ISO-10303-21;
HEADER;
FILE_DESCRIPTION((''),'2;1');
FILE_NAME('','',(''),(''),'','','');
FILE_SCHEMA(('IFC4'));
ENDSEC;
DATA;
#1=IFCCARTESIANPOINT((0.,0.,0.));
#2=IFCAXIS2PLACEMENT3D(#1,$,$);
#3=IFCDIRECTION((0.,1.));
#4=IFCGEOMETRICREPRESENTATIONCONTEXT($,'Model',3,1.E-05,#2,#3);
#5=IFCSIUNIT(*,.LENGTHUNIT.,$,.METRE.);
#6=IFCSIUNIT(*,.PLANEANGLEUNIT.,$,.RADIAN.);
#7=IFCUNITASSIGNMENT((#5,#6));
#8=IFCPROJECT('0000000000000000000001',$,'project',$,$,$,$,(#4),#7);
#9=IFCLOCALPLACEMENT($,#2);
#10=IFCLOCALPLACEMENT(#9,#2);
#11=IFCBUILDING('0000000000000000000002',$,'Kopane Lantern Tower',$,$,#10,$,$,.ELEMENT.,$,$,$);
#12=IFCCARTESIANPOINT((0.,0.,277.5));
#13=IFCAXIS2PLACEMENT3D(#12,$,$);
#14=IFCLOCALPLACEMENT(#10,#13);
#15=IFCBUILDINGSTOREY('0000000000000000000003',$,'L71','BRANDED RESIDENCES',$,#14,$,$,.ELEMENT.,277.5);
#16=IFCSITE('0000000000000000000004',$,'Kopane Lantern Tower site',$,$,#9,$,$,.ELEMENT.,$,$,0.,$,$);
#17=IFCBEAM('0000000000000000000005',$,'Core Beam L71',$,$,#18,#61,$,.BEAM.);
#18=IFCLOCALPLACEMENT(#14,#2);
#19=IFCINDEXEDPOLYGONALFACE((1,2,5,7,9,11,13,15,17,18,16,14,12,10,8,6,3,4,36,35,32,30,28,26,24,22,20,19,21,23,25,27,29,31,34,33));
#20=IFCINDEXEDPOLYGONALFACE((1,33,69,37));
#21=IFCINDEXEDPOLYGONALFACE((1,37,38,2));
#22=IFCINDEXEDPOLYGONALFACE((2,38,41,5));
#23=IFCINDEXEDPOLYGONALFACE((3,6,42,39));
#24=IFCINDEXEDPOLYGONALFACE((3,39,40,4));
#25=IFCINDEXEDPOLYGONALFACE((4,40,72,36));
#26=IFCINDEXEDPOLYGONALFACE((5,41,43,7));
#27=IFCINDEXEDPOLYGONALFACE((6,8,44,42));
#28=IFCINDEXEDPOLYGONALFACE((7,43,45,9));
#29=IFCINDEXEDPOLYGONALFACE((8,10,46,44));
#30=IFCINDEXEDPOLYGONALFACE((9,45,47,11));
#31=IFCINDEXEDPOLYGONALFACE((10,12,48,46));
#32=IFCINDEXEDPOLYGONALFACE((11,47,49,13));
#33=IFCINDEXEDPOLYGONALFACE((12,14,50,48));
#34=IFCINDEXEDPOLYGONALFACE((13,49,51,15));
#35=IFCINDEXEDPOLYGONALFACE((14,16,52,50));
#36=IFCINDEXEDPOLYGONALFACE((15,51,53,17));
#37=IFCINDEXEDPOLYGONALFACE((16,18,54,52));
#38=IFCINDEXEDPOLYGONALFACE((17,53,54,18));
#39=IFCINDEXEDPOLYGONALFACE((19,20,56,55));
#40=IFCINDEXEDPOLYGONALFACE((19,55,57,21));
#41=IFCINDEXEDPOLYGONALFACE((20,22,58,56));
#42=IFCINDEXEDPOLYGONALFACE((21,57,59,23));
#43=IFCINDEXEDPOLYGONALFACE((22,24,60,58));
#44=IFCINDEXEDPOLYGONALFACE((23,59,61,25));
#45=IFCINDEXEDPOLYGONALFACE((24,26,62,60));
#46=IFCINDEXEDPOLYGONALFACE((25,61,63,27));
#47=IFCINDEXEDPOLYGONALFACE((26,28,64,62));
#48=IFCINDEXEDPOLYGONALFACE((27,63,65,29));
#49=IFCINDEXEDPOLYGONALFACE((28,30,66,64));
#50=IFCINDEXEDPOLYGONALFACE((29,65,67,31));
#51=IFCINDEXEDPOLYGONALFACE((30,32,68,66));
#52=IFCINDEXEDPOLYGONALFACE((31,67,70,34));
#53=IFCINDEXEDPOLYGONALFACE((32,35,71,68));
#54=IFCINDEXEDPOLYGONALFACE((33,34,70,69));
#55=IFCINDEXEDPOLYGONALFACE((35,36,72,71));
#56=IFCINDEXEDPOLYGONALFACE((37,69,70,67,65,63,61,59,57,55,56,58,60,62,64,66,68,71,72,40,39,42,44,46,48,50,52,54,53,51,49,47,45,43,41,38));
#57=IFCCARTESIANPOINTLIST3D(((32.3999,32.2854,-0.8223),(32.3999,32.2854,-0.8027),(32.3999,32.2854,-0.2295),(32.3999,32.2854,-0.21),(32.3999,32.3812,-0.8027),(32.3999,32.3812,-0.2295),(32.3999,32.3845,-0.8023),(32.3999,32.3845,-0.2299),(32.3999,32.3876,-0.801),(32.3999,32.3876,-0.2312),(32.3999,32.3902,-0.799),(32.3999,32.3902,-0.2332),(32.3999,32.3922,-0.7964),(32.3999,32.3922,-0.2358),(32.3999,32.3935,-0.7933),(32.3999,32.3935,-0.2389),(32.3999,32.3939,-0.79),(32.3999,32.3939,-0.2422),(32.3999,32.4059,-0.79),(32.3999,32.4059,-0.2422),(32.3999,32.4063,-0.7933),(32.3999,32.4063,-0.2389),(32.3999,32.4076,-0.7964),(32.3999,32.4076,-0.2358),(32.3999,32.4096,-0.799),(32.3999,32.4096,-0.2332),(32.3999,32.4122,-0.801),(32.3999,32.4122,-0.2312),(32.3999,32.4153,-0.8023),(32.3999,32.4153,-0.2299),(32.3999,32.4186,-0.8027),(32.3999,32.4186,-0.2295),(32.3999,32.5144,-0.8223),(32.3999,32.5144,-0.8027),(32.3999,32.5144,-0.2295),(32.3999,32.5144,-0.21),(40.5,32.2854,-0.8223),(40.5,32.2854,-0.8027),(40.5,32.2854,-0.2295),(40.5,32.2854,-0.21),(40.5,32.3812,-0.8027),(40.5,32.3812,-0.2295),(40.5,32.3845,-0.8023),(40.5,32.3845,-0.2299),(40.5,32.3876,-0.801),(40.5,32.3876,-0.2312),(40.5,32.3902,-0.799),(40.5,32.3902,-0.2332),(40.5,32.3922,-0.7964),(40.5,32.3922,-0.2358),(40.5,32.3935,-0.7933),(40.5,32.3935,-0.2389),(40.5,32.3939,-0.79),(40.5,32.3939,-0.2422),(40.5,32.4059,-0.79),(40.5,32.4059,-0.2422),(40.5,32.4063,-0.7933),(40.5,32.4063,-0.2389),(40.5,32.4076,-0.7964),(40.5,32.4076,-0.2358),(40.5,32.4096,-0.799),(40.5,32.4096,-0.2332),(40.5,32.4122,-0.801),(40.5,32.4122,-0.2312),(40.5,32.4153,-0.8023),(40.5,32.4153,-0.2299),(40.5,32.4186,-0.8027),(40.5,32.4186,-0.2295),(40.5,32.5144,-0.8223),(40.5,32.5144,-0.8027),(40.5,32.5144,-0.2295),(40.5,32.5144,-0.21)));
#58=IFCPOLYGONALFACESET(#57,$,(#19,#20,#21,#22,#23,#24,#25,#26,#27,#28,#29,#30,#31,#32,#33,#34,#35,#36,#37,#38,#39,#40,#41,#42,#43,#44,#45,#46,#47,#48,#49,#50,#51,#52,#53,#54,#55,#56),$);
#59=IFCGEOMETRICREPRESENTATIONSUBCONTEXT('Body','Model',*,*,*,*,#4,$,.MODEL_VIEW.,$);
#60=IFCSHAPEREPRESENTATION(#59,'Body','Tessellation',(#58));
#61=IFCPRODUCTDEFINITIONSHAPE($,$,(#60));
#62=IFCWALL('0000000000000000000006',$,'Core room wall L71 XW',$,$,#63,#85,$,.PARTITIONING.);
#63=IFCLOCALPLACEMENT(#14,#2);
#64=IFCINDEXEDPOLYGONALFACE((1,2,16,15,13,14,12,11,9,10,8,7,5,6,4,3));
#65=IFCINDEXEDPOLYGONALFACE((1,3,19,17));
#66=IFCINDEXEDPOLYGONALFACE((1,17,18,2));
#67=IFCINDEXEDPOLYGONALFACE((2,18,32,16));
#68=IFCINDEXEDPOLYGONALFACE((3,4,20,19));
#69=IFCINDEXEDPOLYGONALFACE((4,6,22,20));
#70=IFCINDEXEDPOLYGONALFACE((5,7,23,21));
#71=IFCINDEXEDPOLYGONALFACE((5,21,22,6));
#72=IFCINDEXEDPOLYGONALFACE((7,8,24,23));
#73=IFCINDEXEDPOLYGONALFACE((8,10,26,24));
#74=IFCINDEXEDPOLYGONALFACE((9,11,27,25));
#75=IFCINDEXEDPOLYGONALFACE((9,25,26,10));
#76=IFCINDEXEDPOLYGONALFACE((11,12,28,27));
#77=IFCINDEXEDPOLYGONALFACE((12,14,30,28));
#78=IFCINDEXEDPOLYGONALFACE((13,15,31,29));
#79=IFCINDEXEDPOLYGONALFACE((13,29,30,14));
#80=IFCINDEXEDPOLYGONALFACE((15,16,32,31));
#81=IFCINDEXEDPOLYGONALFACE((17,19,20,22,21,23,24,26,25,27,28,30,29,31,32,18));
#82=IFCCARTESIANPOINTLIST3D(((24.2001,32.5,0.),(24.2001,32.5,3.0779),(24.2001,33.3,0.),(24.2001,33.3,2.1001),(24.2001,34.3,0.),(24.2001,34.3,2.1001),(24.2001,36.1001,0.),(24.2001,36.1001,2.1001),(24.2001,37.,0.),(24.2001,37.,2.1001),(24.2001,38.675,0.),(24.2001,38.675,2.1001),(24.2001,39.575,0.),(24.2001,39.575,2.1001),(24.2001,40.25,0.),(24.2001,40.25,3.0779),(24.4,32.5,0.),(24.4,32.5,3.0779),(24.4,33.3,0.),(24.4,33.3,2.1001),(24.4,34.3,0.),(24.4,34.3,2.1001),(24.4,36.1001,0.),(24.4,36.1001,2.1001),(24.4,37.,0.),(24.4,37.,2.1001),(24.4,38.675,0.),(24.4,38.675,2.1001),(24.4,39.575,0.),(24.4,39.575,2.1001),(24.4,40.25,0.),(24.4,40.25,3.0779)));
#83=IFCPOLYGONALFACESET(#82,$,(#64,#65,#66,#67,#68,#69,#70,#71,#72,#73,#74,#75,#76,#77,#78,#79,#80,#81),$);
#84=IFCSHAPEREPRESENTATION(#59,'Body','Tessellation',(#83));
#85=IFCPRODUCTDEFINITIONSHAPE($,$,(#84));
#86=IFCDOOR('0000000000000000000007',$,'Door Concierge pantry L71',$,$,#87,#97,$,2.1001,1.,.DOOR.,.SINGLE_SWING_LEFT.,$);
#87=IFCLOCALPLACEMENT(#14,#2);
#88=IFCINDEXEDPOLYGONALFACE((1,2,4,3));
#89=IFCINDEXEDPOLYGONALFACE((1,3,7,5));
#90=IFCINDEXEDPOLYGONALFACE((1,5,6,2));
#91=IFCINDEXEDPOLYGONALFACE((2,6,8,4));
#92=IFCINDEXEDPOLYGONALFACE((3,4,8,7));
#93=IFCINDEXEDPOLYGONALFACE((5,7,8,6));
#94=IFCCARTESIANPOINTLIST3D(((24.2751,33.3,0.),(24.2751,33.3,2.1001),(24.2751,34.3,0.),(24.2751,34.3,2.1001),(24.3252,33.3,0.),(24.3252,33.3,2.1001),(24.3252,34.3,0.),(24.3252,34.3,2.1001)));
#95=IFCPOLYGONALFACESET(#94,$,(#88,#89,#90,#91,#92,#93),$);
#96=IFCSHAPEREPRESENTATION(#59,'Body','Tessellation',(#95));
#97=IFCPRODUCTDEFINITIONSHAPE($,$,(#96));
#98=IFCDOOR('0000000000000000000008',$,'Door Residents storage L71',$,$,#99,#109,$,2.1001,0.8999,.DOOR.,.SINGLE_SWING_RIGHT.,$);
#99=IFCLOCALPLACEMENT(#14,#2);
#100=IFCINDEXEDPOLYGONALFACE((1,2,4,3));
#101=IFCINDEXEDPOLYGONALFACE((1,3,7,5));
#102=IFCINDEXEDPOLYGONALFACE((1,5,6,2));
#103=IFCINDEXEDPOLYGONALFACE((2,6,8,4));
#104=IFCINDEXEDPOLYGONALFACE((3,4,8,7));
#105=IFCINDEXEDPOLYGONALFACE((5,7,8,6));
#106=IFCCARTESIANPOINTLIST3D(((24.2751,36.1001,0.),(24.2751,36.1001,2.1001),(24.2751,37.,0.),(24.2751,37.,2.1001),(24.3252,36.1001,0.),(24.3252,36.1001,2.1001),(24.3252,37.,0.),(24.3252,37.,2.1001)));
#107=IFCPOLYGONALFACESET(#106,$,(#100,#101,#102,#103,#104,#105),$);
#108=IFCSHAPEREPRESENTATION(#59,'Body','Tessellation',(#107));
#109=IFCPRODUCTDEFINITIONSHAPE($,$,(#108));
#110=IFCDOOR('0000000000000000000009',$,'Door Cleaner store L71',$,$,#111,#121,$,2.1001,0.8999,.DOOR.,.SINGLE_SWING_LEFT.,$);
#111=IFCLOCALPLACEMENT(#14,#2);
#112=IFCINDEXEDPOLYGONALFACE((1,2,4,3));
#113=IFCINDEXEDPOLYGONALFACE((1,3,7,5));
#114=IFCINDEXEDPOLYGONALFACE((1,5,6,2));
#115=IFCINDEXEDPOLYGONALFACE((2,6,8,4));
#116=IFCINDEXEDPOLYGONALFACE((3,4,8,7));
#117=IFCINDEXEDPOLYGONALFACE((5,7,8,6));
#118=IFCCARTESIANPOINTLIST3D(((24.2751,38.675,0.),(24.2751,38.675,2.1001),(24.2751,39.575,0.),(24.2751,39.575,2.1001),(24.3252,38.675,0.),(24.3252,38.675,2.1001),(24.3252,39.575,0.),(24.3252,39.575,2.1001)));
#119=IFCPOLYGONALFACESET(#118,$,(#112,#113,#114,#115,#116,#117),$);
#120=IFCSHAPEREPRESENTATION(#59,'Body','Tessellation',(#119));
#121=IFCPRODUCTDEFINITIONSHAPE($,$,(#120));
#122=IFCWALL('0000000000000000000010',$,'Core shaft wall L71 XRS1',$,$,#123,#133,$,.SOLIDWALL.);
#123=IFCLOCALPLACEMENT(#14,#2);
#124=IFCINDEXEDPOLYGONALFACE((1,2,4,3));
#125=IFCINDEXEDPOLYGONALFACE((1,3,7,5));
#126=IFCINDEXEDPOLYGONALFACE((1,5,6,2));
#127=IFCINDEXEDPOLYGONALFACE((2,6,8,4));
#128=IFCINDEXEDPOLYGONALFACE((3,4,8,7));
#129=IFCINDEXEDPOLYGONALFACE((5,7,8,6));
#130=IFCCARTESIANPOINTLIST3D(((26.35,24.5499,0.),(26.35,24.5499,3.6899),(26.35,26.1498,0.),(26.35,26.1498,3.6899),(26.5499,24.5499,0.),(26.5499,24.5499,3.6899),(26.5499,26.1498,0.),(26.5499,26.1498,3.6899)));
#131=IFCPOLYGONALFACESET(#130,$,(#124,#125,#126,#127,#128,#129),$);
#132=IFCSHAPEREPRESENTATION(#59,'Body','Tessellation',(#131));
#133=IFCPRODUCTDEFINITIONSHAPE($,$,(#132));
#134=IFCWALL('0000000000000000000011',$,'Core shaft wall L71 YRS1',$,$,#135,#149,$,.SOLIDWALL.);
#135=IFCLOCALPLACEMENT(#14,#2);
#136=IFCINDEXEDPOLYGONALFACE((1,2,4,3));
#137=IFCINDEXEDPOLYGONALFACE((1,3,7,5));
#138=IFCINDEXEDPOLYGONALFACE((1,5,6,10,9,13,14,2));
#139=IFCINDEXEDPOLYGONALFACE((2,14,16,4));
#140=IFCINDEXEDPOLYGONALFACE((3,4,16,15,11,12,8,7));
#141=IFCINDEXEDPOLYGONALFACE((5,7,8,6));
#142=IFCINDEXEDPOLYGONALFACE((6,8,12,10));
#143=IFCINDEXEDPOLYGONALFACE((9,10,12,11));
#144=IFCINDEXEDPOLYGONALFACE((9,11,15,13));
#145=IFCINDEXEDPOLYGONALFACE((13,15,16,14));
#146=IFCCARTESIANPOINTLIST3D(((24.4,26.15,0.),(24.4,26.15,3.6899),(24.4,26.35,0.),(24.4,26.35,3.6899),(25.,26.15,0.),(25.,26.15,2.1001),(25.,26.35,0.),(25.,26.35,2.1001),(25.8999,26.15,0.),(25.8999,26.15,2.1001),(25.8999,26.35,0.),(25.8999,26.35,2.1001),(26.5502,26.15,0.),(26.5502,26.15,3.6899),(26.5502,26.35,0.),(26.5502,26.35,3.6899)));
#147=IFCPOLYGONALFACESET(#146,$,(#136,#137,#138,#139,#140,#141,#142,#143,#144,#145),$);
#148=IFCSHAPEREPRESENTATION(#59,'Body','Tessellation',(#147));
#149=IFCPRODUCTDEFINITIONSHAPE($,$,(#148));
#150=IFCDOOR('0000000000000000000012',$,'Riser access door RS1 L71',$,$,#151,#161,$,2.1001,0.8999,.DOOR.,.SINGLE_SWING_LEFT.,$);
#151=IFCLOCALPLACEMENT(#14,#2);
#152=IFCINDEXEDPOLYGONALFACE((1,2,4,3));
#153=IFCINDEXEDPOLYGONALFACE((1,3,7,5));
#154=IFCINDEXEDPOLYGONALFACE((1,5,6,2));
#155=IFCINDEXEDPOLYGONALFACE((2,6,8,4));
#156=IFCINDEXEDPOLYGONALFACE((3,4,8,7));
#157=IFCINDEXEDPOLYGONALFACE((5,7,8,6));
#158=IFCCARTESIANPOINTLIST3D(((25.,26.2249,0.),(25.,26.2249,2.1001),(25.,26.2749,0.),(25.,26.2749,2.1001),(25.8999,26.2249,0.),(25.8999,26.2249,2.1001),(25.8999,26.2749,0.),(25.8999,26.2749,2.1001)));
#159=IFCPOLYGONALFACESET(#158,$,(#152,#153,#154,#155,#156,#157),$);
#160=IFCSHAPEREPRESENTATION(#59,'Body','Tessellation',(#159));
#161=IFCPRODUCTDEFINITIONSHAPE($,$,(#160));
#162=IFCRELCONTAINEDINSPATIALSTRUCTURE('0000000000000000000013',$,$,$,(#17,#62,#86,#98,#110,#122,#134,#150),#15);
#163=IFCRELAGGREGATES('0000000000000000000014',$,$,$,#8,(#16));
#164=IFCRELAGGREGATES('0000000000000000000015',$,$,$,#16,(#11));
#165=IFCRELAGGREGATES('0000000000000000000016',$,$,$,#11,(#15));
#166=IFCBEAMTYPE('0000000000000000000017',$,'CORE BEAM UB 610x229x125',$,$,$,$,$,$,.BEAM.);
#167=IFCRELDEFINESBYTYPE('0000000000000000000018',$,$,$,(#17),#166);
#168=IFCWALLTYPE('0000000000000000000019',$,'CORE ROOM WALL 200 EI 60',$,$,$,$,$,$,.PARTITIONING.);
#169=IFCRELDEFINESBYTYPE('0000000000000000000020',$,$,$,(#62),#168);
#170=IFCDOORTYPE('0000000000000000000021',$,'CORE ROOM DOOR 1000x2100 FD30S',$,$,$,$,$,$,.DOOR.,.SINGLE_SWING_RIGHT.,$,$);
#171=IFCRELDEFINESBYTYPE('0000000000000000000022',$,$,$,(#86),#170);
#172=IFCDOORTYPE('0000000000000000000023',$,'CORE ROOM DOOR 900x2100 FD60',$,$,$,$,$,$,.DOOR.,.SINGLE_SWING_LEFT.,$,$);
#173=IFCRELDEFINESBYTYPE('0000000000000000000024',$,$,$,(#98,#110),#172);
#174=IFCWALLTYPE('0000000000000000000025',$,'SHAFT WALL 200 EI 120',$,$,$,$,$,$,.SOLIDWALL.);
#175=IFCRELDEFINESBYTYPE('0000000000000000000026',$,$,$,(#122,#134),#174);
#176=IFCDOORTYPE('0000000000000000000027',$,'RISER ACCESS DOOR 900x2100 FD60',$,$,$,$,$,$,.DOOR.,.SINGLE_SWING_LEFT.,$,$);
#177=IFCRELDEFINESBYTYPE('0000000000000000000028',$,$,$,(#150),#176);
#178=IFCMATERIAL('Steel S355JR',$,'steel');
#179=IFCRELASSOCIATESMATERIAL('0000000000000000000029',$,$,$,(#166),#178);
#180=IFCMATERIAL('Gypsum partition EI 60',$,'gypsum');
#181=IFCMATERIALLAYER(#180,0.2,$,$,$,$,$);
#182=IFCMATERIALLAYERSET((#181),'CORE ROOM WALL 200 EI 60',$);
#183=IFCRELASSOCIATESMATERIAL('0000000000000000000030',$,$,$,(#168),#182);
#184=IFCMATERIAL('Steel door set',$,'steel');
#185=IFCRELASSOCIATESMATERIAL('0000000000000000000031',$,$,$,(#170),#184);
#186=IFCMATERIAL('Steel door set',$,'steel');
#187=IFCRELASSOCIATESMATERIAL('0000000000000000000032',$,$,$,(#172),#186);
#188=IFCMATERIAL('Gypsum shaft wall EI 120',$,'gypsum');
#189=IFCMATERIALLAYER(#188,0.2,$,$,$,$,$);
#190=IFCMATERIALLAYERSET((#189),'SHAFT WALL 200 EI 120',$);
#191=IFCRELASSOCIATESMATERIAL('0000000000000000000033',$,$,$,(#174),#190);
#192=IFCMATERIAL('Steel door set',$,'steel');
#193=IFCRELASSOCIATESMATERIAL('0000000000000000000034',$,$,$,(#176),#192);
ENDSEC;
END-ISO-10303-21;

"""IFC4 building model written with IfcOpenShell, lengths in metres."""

from ifc_helpers import new_model, si_unit, direction, frame, frame_2d, origin, origin_2d, place, context, subcontext, project, spatial, rectangle, i_section, extrude, material, layer, layer_set, material_profile, profile_set, type_object, element, fill, save


model = new_model("IFC4")

# Units and contexts
model_context = context("Model", 3, precision=1e-05, world=origin(), true_north=direction((0.0, 1.0)))
body_context = subcontext(model_context, "Body", "Model", "MODEL_VIEW")
ifc_project = project(units=[si_unit("LENGTHUNIT", "METRE"), si_unit("PLANEANGLEUNIT", "RADIAN")], contexts=[model_context])

# Site, building, storey
site_placement = place(None, origin())
site = spatial("IfcSite", under=ifc_project, at=site_placement, Name="Kopane Lantern Tower site", CompositionType="ELEMENT", RefElevation=0.0)
building_placement = place(site_placement, origin())
building = spatial("IfcBuilding", under=site, at=building_placement, Name="Kopane Lantern Tower", CompositionType="ELEMENT")
storey_placement = place(building_placement, frame((0.0, 0.0, 277.5)))
storey = spatial("IfcBuildingStorey", under=building, at=storey_placement, Name="L71", Description="BRANDED RESIDENCES", CompositionType="ELEMENT", Elevation=277.5)

# Beam
ifc_material_1 = material(Name="Steel S355JR", Category="steel")
ifc_material_profile_1 = material_profile(ifc_material_1, i_section(OverallWidth=0.229, OverallDepth=0.6123, WebThickness=0.012, FlangeThickness=0.0195, FilletRadius=0.0127, at=origin_2d()), Name="UB 610x229x125")
ifc_profile_set_1 = profile_set([ifc_material_profile_1], Name="Steel S355JR")
beam_type = type_object("IfcBeamType", Name="CORE BEAM UB 610x229x125", PredefinedType="BEAM", material=ifc_profile_set_1)
for number, where, z_axis, x_axis, name in (
    (1, (32.3999, 32.3999, -0.5161), (1.0, 0.0, 0.0), (0.0, 1.0, 0.0), "Core Beam L71"),
):
    element("IfcBeam", number, at=place(storey_placement, frame(where, z_axis=z_axis, x_axis=x_axis)), inside=storey, type_object=beam_type, Name=name, PredefinedType="BEAM", context=body_context, shape_type="SweptSolid", body=[
        extrude(i_section(OverallWidth=0.229, OverallDepth=0.6123, WebThickness=0.012, FlangeThickness=0.0195, FilletRadius=0.0127, at=origin_2d()), origin(), (0.0, 0.0, 1.0), 8.1001),
    ])

# Wall, openings, doors
ifc_material_2 = material(Name="Gypsum partition EI 60", Category="gypsum")
ifc_layer_1 = layer(ifc_material_2, 0.2)
ifc_layer_set_1 = layer_set([ifc_layer_1], Name="CORE ROOM WALL 200 EI 60")
wall_type_1 = type_object("IfcWallType", Name="CORE ROOM WALL 200 EI 60", PredefinedType="PARTITIONING", material=ifc_layer_set_1)
wall_1_placement = place(storey_placement, frame((24.3, 32.5, 0.0), z_axis=(0.0, 0.0, 1.0), x_axis=(0.0, 1.0, 0.0)))
wall_1 = element("IfcWall", 2, at=wall_1_placement, inside=storey, type_object=wall_type_1, Name="Core room wall L71 XW", PredefinedType="PARTITIONING", context=body_context, shape_type="SweptSolid", body=[
    extrude(rectangle(XDim=7.75, YDim=0.2, at=frame_2d((3.875, 0.0))), origin(), (0.0, 0.0, 1.0), 3.0779),
])
opening_1_placement = place(wall_1_placement, frame((0.8, 0.0, 0.0)))
opening_1 = element("IfcOpeningElement", 3, at=opening_1_placement, cuts=wall_1, PredefinedType="OPENING", context=body_context, shape_type="SweptSolid", body=[
    extrude(rectangle(XDim=1.0, YDim=2.1001, at=frame_2d((0.5, 1.05))), frame((0.0, 0.1099, 0.0), z_axis=(0.0, -1.0, 0.0), x_axis=(1.0, 0.0, 0.0)), (0.0, 0.0, 1.0), 0.22),
])
opening_2_placement = place(wall_1_placement, frame((3.6001, 0.0, 0.0)))
opening_2 = element("IfcOpeningElement", 4, at=opening_2_placement, cuts=wall_1, PredefinedType="OPENING", context=body_context, shape_type="SweptSolid", body=[
    extrude(rectangle(XDim=0.8999, YDim=2.1001, at=frame_2d((0.45, 1.05))), frame((0.0, 0.1099, 0.0), z_axis=(0.0, -1.0, 0.0), x_axis=(1.0, 0.0, 0.0)), (0.0, 0.0, 1.0), 0.22),
])
opening_3_placement = place(wall_1_placement, frame((6.175, 0.0, 0.0)))
opening_3 = element("IfcOpeningElement", 5, at=opening_3_placement, cuts=wall_1, PredefinedType="OPENING", context=body_context, shape_type="SweptSolid", body=[
    extrude(rectangle(XDim=0.8999, YDim=2.1001, at=frame_2d((0.45, 1.05))), frame((0.0, 0.1099, 0.0), z_axis=(0.0, -1.0, 0.0), x_axis=(1.0, 0.0, 0.0)), (0.0, 0.0, 1.0), 0.22),
])
ifc_material_3 = material(Name="Steel door set", Category="steel")
door_type_1 = type_object("IfcDoorType", Name="CORE ROOM DOOR 1000x2100 FD30S", OperationType="SINGLE_SWING_RIGHT", PredefinedType="DOOR", material=ifc_material_3)
door_1_placement = place(opening_1_placement, origin())
door_1 = element("IfcDoor", 6, at=door_1_placement, inside=storey, type_object=door_type_1, Name="Door Concierge pantry L71", OperationType="SINGLE_SWING_LEFT", OverallHeight=2.1001, OverallWidth=1.0, PredefinedType="DOOR", context=body_context, shape_type="SweptSolid", body=[
    extrude(rectangle(XDim=1.0, YDim=2.1001, at=frame_2d((0.5, 1.05))), frame((0.0, 0.0249, 0.0), z_axis=(0.0, -1.0, 0.0), x_axis=(1.0, 0.0, 0.0)), (0.0, 0.0, 1.0), 0.05),
])
fill(opening_1, door_1)
ifc_material_4 = material(Name="Steel door set", Category="steel")
door_type_2 = type_object("IfcDoorType", Name="CORE ROOM DOOR 900x2100 FD60", OperationType="SINGLE_SWING_LEFT", PredefinedType="DOOR", material=ifc_material_4)
door_2_placement = place(opening_2_placement, origin())
door_2 = element("IfcDoor", 7, at=door_2_placement, inside=storey, type_object=door_type_2, Name="Door Residents storage L71", OperationType="SINGLE_SWING_RIGHT", OverallHeight=2.1001, OverallWidth=0.8999, PredefinedType="DOOR", context=body_context, shape_type="SweptSolid", body=[
    extrude(rectangle(XDim=0.8999, YDim=2.1001, at=frame_2d((0.45, 1.05))), frame((0.0, 0.0249, 0.0), z_axis=(0.0, -1.0, 0.0), x_axis=(1.0, 0.0, 0.0)), (0.0, 0.0, 1.0), 0.05),
])
fill(opening_2, door_2)
door_3_placement = place(opening_3_placement, origin())
door_3 = element("IfcDoor", 8, at=door_3_placement, inside=storey, type_object=door_type_2, Name="Door Cleaner store L71", OperationType="SINGLE_SWING_LEFT", OverallHeight=2.1001, OverallWidth=0.8999, PredefinedType="DOOR", context=body_context, shape_type="SweptSolid", body=[
    extrude(rectangle(XDim=0.8999, YDim=2.1001, at=frame_2d((0.45, 1.05))), frame((0.0, 0.0249, 0.0), z_axis=(0.0, -1.0, 0.0), x_axis=(1.0, 0.0, 0.0)), (0.0, 0.0, 1.0), 0.05),
])
fill(opening_3, door_3)

# Wall
ifc_material_5 = material(Name="Gypsum shaft wall EI 120", Category="gypsum")
ifc_layer_2 = layer(ifc_material_5, 0.2)
ifc_layer_set_2 = layer_set([ifc_layer_2], Name="SHAFT WALL 200 EI 120")
wall_type_2 = type_object("IfcWallType", Name="SHAFT WALL 200 EI 120", PredefinedType="SOLIDWALL", material=ifc_layer_set_2)
wall_2_placement = place(storey_placement, frame((26.45, 24.55, 0.0), z_axis=(0.0, 0.0, 1.0), x_axis=(0.0, 1.0, 0.0)))
element("IfcWall", 9, at=wall_2_placement, inside=storey, type_object=wall_type_2, Name="Core shaft wall L71 XRS1", PredefinedType="SOLIDWALL", context=body_context, shape_type="SweptSolid", body=[
    extrude(rectangle(XDim=1.5999, YDim=0.2, at=frame_2d((0.7998, 0.0))), origin(), (0.0, 0.0, 1.0), 3.6899),
])

# Wall, opening, door
wall_3_placement = place(storey_placement, frame((24.3999, 26.25, 0.0), z_axis=(0.0, 0.0, 1.0), x_axis=(1.0, 0.0, 0.0)))
wall_3 = element("IfcWall", 10, at=wall_3_placement, inside=storey, type_object=wall_type_2, Name="Core shaft wall L71 YRS1", PredefinedType="SOLIDWALL", context=body_context, shape_type="SweptSolid", body=[
    extrude(rectangle(XDim=2.1501, YDim=0.2, at=frame_2d((1.0752, 0.0))), origin(), (0.0, 0.0, 1.0), 3.6899),
])
opening_4_placement = place(wall_3_placement, frame((0.6001, 0.0, 0.0)))
opening_4 = element("IfcOpeningElement", 11, at=opening_4_placement, cuts=wall_3, PredefinedType="OPENING", context=body_context, shape_type="SweptSolid", body=[
    extrude(rectangle(XDim=0.8999, YDim=2.1001, at=frame_2d((0.45, 1.05))), frame((0.0, 0.1099, 0.0), z_axis=(0.0, -1.0, 0.0), x_axis=(1.0, 0.0, 0.0)), (0.0, 0.0, 1.0), 0.22),
])
ifc_material_6 = material(Name="Steel door set", Category="steel")
door_type_3 = type_object("IfcDoorType", Name="RISER ACCESS DOOR 900x2100 FD60", OperationType="SINGLE_SWING_LEFT", PredefinedType="DOOR", material=ifc_material_6)
door_4_placement = place(opening_4_placement, origin())
door_4 = element("IfcDoor", 12, at=door_4_placement, inside=storey, type_object=door_type_3, Name="Riser access door RS1 L71", OperationType="SINGLE_SWING_LEFT", OverallHeight=2.1001, OverallWidth=0.8999, PredefinedType="DOOR", context=body_context, shape_type="SweptSolid", body=[
    extrude(rectangle(XDim=0.8999, YDim=2.1001, at=frame_2d((0.45, 1.05))), frame((0.0, 0.0249, 0.0), z_axis=(0.0, -1.0, 0.0), x_axis=(1.0, 0.0, 0.0)), (0.0, 0.0, 1.0), 0.05),
])
fill(opening_4, door_4)

save(model, "model.ifc")
